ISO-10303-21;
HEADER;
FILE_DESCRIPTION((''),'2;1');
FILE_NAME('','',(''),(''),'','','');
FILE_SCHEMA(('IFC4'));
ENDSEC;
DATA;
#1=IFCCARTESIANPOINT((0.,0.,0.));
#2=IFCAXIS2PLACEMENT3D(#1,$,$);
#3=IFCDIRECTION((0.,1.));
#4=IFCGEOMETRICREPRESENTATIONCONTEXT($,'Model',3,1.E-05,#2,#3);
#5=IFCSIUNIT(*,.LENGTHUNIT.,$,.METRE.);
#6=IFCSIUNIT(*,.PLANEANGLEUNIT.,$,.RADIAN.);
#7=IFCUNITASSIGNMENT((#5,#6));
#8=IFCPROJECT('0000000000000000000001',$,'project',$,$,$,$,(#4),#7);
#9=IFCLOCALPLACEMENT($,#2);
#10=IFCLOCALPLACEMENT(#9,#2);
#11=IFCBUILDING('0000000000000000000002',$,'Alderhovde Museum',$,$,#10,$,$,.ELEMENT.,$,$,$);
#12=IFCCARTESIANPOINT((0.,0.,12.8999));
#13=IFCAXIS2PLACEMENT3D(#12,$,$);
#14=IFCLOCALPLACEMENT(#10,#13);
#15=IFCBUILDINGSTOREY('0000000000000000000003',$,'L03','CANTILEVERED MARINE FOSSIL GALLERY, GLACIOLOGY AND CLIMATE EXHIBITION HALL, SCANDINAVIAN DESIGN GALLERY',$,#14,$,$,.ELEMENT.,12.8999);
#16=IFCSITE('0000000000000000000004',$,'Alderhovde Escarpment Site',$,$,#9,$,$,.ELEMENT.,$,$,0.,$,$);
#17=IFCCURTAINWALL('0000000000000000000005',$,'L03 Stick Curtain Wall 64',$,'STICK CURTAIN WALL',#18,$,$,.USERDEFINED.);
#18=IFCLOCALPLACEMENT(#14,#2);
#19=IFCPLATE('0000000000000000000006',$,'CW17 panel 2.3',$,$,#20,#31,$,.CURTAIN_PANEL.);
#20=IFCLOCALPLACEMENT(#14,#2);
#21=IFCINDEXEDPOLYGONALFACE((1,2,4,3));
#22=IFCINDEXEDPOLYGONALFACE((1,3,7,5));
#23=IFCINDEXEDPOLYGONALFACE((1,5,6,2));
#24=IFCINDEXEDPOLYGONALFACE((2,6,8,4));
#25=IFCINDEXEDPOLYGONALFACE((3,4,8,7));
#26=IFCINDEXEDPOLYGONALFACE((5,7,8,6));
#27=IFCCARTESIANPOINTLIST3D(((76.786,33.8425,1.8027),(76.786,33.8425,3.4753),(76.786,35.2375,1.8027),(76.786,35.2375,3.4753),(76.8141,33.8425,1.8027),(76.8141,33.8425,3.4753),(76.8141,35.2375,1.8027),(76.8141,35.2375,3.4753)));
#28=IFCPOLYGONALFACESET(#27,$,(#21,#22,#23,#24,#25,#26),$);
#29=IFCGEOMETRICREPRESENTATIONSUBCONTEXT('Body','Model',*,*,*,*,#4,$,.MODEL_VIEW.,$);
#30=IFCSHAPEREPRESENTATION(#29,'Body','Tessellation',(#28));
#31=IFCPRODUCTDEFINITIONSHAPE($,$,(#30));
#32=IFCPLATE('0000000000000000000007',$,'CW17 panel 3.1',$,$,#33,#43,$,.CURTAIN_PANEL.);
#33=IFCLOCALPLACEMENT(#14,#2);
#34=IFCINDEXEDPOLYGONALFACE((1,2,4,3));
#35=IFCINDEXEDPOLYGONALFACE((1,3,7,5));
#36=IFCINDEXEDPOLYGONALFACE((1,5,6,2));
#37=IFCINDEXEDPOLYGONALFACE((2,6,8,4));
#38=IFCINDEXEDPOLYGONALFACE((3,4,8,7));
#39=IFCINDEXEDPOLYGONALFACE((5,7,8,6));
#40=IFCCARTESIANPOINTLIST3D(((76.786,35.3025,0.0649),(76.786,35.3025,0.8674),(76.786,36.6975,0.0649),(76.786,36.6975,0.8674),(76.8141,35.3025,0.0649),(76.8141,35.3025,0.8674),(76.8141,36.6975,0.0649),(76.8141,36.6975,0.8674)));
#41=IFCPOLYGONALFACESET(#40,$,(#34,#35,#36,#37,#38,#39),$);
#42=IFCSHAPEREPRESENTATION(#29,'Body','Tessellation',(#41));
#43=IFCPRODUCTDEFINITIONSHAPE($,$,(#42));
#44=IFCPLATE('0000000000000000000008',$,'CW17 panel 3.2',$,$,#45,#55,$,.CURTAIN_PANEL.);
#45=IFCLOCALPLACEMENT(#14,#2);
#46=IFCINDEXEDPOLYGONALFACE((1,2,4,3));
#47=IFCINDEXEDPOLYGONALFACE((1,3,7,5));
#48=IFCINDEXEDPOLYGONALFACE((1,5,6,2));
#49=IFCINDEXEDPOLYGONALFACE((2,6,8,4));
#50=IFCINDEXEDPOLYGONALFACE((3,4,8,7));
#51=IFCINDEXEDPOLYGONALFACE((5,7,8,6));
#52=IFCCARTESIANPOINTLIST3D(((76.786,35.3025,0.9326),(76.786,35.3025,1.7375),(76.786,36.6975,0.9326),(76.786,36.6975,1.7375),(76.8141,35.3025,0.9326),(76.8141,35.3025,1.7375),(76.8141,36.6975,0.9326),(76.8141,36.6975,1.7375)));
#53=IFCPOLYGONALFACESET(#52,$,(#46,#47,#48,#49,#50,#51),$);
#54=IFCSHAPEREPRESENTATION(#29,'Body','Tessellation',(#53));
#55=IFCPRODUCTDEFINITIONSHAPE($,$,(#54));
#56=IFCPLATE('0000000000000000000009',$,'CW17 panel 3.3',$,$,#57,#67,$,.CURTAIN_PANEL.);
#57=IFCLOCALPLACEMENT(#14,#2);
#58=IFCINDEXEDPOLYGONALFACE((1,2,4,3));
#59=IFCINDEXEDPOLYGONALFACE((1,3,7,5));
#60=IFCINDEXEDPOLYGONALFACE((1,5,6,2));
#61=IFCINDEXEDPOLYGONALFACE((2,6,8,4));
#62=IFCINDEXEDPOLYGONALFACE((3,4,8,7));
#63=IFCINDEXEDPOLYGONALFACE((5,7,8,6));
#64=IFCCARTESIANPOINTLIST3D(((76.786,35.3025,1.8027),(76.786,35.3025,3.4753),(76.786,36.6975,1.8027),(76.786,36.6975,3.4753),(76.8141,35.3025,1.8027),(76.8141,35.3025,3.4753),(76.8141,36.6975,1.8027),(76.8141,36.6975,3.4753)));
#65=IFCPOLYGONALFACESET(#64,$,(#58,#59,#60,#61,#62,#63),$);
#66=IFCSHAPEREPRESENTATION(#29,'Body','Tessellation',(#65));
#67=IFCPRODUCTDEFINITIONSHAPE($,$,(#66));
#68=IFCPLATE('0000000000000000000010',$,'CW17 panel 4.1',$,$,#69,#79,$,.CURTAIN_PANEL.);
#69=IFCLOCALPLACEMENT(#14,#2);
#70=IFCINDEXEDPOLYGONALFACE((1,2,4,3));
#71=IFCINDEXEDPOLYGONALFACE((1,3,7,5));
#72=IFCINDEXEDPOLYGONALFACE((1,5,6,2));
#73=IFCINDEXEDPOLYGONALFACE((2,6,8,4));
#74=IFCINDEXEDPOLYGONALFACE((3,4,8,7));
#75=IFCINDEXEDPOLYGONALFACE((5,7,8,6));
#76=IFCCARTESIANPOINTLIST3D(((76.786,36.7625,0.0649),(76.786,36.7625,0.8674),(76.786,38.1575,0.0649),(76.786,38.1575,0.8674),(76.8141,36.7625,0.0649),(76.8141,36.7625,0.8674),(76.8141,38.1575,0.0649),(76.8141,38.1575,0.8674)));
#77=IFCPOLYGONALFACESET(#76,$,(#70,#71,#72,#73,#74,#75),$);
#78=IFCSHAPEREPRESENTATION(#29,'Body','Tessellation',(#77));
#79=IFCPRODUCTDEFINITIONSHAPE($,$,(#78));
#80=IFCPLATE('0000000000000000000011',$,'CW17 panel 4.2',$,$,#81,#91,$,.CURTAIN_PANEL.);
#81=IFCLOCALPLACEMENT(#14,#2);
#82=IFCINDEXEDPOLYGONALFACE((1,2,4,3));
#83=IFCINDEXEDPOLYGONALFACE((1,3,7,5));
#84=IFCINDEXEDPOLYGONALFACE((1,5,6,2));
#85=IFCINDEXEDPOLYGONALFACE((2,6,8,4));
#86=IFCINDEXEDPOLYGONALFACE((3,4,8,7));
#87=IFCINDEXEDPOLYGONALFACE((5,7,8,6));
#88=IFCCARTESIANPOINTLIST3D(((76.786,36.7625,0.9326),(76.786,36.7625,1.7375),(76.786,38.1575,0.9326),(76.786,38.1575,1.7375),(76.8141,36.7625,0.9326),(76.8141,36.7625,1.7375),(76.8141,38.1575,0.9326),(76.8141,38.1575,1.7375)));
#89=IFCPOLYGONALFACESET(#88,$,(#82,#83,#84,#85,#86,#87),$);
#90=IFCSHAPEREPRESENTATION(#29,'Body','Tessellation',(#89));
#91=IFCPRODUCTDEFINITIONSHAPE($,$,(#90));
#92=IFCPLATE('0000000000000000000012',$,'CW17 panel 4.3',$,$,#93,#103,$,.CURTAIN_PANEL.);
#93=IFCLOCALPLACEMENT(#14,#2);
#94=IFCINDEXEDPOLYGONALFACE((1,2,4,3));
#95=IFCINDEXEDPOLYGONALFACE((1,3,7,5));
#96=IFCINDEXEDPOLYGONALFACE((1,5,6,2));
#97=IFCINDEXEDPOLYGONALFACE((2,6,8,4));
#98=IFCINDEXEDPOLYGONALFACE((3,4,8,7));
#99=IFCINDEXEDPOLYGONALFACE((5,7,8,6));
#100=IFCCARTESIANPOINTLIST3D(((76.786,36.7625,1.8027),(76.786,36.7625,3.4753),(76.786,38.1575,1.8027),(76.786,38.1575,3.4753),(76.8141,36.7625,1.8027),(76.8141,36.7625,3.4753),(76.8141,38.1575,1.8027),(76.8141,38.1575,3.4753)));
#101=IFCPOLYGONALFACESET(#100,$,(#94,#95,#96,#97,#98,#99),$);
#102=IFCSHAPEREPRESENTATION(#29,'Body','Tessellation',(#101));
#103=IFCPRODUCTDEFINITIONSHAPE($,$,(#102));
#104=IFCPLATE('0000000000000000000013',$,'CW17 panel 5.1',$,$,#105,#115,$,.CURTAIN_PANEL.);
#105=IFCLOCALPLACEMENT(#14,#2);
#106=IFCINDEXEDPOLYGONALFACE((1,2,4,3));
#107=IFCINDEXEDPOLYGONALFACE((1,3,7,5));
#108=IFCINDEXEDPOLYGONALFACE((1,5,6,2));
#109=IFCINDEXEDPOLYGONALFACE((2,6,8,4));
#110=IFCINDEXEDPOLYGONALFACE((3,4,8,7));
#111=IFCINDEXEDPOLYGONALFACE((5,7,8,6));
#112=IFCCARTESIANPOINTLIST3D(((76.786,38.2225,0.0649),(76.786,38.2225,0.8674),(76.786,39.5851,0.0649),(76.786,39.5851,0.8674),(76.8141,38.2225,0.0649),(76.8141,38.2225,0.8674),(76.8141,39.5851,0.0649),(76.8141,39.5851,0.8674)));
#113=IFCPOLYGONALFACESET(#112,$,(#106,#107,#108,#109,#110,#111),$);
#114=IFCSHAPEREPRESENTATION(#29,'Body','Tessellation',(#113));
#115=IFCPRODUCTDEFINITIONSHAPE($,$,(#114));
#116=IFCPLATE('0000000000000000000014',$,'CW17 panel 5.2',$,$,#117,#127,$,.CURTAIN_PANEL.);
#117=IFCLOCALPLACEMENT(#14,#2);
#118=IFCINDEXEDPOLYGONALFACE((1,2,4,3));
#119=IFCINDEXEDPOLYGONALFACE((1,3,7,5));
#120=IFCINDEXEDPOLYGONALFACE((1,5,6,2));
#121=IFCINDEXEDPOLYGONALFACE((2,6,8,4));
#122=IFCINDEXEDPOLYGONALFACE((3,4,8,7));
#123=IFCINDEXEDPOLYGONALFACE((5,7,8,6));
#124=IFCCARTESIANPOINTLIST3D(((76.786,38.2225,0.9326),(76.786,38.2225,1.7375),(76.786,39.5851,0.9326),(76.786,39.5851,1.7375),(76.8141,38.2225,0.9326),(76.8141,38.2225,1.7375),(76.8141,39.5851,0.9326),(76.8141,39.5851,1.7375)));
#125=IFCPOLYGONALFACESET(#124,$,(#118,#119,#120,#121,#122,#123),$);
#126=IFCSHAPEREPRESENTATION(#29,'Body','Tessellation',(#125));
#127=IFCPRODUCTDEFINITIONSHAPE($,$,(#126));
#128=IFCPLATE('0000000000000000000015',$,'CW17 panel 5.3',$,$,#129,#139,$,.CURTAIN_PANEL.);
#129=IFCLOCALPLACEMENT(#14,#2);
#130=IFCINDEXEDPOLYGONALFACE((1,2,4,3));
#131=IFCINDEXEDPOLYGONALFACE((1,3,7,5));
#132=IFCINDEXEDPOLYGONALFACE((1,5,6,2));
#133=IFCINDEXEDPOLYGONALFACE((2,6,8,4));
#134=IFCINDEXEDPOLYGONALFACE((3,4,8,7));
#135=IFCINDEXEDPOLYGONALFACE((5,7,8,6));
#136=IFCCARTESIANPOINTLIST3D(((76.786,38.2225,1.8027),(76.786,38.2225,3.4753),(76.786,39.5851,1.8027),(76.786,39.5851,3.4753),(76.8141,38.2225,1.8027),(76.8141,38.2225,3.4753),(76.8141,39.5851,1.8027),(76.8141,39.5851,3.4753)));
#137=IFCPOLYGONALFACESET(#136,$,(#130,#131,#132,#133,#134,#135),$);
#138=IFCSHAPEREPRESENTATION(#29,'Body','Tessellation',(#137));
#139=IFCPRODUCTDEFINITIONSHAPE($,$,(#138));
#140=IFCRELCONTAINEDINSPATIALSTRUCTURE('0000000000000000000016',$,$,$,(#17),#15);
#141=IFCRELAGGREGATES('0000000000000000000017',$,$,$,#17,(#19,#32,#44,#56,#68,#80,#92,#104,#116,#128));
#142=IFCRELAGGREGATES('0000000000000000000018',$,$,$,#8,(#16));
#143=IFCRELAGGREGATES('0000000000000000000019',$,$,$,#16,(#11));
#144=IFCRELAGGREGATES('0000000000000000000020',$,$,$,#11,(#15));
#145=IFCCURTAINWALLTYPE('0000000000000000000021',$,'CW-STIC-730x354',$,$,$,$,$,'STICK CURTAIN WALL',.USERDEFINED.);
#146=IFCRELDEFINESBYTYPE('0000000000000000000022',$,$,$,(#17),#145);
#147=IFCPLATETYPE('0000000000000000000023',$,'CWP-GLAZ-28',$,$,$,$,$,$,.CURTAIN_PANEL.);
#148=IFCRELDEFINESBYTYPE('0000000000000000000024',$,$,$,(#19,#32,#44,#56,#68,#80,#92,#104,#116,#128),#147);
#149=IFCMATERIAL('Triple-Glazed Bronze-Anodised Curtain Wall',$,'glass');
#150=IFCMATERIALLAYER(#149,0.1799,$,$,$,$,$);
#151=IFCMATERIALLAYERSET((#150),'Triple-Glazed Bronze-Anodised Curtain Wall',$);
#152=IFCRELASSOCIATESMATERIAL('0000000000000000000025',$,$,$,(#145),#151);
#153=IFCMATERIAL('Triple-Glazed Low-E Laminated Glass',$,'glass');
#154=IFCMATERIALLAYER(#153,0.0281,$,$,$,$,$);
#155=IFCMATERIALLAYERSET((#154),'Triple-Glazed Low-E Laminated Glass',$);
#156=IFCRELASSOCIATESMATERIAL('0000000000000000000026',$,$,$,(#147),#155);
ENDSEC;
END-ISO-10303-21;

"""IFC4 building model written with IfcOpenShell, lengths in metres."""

from ifc_helpers import new_model, si_unit, direction, frame, origin, origin_2d, place, context, subcontext, project, spatial, rectangle, extrude, material, layer, layer_set, type_object, element, aggregate, save


model = new_model("IFC4")

# Units and contexts
model_context = context("Model", 3, precision=1e-05, world=origin(), true_north=direction((0.0, 1.0)))
body_context = subcontext(model_context, "Body", "Model", "MODEL_VIEW")
ifc_project = project(units=[si_unit("LENGTHUNIT", "METRE"), si_unit("PLANEANGLEUNIT", "RADIAN")], contexts=[model_context])

# Site, building, storey
site_placement = place(None, origin())
site = spatial("IfcSite", under=ifc_project, at=site_placement, Name="Alderhovde Escarpment Site", CompositionType="ELEMENT", RefElevation=0.0)
building_placement = place(site_placement, origin())
building = spatial("IfcBuilding", under=site, at=building_placement, Name="Alderhovde Museum", CompositionType="ELEMENT")
storey_placement = place(building_placement, frame((0.0, 0.0, 12.8999)))
storey = spatial("IfcBuildingStorey", under=building, at=storey_placement, Name="L03", Description="CANTILEVERED MARINE FOSSIL GALLERY, GLACIOLOGY AND CLIMATE EXHIBITION HALL, SCANDINAVIAN DESIGN GALLERY", CompositionType="ELEMENT", Elevation=12.8999)

# Curtain wall
ifc_material_1 = material(Name="Triple-Glazed Bronze-Anodised Curtain Wall", Category="glass")
ifc_layer_1 = layer(ifc_material_1, 0.1799)
ifc_layer_set_1 = layer_set([ifc_layer_1], Name="Triple-Glazed Bronze-Anodised Curtain Wall")
curtain_wall_type = type_object("IfcCurtainWallType", Name="CW-STIC-730x354", ElementType="STICK CURTAIN WALL", PredefinedType="USERDEFINED", material=ifc_layer_set_1)
curtain_wall_1_placement = place(storey_placement, origin())
curtain_wall_1 = element("IfcCurtainWall", 1, at=curtain_wall_1_placement, inside=storey, type_object=curtain_wall_type, Name="L03 Stick Curtain Wall 64", ObjectType="STICK CURTAIN WALL", PredefinedType="USERDEFINED")

# Plates
ifc_material_2 = material(Name="Triple-Glazed Low-E Laminated Glass", Category="glass")
ifc_layer_2 = layer(ifc_material_2, 0.0281)
ifc_layer_set_2 = layer_set([ifc_layer_2], Name="Triple-Glazed Low-E Laminated Glass")
plate_type = type_object("IfcPlateType", Name="CWP-GLAZ-28", PredefinedType="CURTAIN_PANEL", material=ifc_layer_set_2)
plate_1_placement = place(storey_placement, frame((76.8, 34.54, 1.8027), z_axis=(0.0, 0.0, 1.0), x_axis=(0.0, 1.0, 0.0)))
plate_1 = element("IfcPlate", 2, at=plate_1_placement, type_object=plate_type, Name="CW17 panel 2.3", PredefinedType="CURTAIN_PANEL", context=body_context, shape_type="SweptSolid", body=[
    extrude(rectangle(XDim=1.395, YDim=0.0281, at=origin_2d()), origin(), (0.0, 0.0, 1.0), 1.6726),
])
plate_2_placement = place(storey_placement, frame((76.8, 36.0, 0.0649), z_axis=(0.0, 0.0, 1.0), x_axis=(0.0, 1.0, 0.0)))
plate_2 = element("IfcPlate", 3, at=plate_2_placement, type_object=plate_type, Name="CW17 panel 3.1", PredefinedType="CURTAIN_PANEL", context=body_context, shape_type="SweptSolid", body=[
    extrude(rectangle(XDim=1.395, YDim=0.0281, at=origin_2d()), origin(), (0.0, 0.0, 1.0), 0.8025),
])
plate_3_placement = place(storey_placement, frame((76.8, 36.0, 0.9326), z_axis=(0.0, 0.0, 1.0), x_axis=(0.0, 1.0, 0.0)))
plate_3 = element("IfcPlate", 4, at=plate_3_placement, type_object=plate_type, Name="CW17 panel 3.2", PredefinedType="CURTAIN_PANEL", context=body_context, shape_type="SweptSolid", body=[
    extrude(rectangle(XDim=1.395, YDim=0.0281, at=origin_2d()), origin(), (0.0, 0.0, 1.0), 0.8049),
])
plate_4_placement = place(storey_placement, frame((76.8, 36.0, 1.8027), z_axis=(0.0, 0.0, 1.0), x_axis=(0.0, 1.0, 0.0)))
plate_4 = element("IfcPlate", 5, at=plate_4_placement, type_object=plate_type, Name="CW17 panel 3.3", PredefinedType="CURTAIN_PANEL", context=body_context, shape_type="SweptSolid", body=[
    extrude(rectangle(XDim=1.395, YDim=0.0281, at=origin_2d()), origin(), (0.0, 0.0, 1.0), 1.6726),
])
plate_5_placement = place(storey_placement, frame((76.8, 37.46, 0.0649), z_axis=(0.0, 0.0, 1.0), x_axis=(0.0, 1.0, 0.0)))
plate_5 = element("IfcPlate", 6, at=plate_5_placement, type_object=plate_type, Name="CW17 panel 4.1", PredefinedType="CURTAIN_PANEL", context=body_context, shape_type="SweptSolid", body=[
    extrude(rectangle(XDim=1.395, YDim=0.0281, at=origin_2d()), origin(), (0.0, 0.0, 1.0), 0.8025),
])
plate_6_placement = place(storey_placement, frame((76.8, 37.46, 0.9326), z_axis=(0.0, 0.0, 1.0), x_axis=(0.0, 1.0, 0.0)))
plate_6 = element("IfcPlate", 7, at=plate_6_placement, type_object=plate_type, Name="CW17 panel 4.2", PredefinedType="CURTAIN_PANEL", context=body_context, shape_type="SweptSolid", body=[
    extrude(rectangle(XDim=1.395, YDim=0.0281, at=origin_2d()), origin(), (0.0, 0.0, 1.0), 0.8049),
])
plate_7_placement = place(storey_placement, frame((76.8, 37.46, 1.8027), z_axis=(0.0, 0.0, 1.0), x_axis=(0.0, 1.0, 0.0)))
plate_7 = element("IfcPlate", 8, at=plate_7_placement, type_object=plate_type, Name="CW17 panel 4.3", PredefinedType="CURTAIN_PANEL", context=body_context, shape_type="SweptSolid", body=[
    extrude(rectangle(XDim=1.395, YDim=0.0281, at=origin_2d()), origin(), (0.0, 0.0, 1.0), 1.6726),
])
plate_8_placement = place(storey_placement, frame((76.8, 38.9038, 0.0649), z_axis=(0.0, 0.0, 1.0), x_axis=(0.0, 1.0, 0.0)))
plate_8 = element("IfcPlate", 9, at=plate_8_placement, type_object=plate_type, Name="CW17 panel 5.1", PredefinedType="CURTAIN_PANEL", context=body_context, shape_type="SweptSolid", body=[
    extrude(rectangle(XDim=1.3625, YDim=0.0281, at=origin_2d()), origin(), (0.0, 0.0, 1.0), 0.8025),
])
plate_9_placement = place(storey_placement, frame((76.8, 38.9038, 0.9326), z_axis=(0.0, 0.0, 1.0), x_axis=(0.0, 1.0, 0.0)))
plate_9 = element("IfcPlate", 10, at=plate_9_placement, type_object=plate_type, Name="CW17 panel 5.2", PredefinedType="CURTAIN_PANEL", context=body_context, shape_type="SweptSolid", body=[
    extrude(rectangle(XDim=1.3625, YDim=0.0281, at=origin_2d()), origin(), (0.0, 0.0, 1.0), 0.8049),
])
plate_10_placement = place(storey_placement, frame((76.8, 38.9038, 1.8027), z_axis=(0.0, 0.0, 1.0), x_axis=(0.0, 1.0, 0.0)))
plate_10 = element("IfcPlate", 11, at=plate_10_placement, type_object=plate_type, Name="CW17 panel 5.3", PredefinedType="CURTAIN_PANEL", context=body_context, shape_type="SweptSolid", body=[
    extrude(rectangle(XDim=1.3625, YDim=0.0281, at=origin_2d()), origin(), (0.0, 0.0, 1.0), 1.6726),
])
aggregate(curtain_wall_1, [plate_1, plate_2, plate_3, plate_4, plate_5, plate_6, plate_7, plate_8, plate_9, plate_10])

save(model, "model.ifc")
